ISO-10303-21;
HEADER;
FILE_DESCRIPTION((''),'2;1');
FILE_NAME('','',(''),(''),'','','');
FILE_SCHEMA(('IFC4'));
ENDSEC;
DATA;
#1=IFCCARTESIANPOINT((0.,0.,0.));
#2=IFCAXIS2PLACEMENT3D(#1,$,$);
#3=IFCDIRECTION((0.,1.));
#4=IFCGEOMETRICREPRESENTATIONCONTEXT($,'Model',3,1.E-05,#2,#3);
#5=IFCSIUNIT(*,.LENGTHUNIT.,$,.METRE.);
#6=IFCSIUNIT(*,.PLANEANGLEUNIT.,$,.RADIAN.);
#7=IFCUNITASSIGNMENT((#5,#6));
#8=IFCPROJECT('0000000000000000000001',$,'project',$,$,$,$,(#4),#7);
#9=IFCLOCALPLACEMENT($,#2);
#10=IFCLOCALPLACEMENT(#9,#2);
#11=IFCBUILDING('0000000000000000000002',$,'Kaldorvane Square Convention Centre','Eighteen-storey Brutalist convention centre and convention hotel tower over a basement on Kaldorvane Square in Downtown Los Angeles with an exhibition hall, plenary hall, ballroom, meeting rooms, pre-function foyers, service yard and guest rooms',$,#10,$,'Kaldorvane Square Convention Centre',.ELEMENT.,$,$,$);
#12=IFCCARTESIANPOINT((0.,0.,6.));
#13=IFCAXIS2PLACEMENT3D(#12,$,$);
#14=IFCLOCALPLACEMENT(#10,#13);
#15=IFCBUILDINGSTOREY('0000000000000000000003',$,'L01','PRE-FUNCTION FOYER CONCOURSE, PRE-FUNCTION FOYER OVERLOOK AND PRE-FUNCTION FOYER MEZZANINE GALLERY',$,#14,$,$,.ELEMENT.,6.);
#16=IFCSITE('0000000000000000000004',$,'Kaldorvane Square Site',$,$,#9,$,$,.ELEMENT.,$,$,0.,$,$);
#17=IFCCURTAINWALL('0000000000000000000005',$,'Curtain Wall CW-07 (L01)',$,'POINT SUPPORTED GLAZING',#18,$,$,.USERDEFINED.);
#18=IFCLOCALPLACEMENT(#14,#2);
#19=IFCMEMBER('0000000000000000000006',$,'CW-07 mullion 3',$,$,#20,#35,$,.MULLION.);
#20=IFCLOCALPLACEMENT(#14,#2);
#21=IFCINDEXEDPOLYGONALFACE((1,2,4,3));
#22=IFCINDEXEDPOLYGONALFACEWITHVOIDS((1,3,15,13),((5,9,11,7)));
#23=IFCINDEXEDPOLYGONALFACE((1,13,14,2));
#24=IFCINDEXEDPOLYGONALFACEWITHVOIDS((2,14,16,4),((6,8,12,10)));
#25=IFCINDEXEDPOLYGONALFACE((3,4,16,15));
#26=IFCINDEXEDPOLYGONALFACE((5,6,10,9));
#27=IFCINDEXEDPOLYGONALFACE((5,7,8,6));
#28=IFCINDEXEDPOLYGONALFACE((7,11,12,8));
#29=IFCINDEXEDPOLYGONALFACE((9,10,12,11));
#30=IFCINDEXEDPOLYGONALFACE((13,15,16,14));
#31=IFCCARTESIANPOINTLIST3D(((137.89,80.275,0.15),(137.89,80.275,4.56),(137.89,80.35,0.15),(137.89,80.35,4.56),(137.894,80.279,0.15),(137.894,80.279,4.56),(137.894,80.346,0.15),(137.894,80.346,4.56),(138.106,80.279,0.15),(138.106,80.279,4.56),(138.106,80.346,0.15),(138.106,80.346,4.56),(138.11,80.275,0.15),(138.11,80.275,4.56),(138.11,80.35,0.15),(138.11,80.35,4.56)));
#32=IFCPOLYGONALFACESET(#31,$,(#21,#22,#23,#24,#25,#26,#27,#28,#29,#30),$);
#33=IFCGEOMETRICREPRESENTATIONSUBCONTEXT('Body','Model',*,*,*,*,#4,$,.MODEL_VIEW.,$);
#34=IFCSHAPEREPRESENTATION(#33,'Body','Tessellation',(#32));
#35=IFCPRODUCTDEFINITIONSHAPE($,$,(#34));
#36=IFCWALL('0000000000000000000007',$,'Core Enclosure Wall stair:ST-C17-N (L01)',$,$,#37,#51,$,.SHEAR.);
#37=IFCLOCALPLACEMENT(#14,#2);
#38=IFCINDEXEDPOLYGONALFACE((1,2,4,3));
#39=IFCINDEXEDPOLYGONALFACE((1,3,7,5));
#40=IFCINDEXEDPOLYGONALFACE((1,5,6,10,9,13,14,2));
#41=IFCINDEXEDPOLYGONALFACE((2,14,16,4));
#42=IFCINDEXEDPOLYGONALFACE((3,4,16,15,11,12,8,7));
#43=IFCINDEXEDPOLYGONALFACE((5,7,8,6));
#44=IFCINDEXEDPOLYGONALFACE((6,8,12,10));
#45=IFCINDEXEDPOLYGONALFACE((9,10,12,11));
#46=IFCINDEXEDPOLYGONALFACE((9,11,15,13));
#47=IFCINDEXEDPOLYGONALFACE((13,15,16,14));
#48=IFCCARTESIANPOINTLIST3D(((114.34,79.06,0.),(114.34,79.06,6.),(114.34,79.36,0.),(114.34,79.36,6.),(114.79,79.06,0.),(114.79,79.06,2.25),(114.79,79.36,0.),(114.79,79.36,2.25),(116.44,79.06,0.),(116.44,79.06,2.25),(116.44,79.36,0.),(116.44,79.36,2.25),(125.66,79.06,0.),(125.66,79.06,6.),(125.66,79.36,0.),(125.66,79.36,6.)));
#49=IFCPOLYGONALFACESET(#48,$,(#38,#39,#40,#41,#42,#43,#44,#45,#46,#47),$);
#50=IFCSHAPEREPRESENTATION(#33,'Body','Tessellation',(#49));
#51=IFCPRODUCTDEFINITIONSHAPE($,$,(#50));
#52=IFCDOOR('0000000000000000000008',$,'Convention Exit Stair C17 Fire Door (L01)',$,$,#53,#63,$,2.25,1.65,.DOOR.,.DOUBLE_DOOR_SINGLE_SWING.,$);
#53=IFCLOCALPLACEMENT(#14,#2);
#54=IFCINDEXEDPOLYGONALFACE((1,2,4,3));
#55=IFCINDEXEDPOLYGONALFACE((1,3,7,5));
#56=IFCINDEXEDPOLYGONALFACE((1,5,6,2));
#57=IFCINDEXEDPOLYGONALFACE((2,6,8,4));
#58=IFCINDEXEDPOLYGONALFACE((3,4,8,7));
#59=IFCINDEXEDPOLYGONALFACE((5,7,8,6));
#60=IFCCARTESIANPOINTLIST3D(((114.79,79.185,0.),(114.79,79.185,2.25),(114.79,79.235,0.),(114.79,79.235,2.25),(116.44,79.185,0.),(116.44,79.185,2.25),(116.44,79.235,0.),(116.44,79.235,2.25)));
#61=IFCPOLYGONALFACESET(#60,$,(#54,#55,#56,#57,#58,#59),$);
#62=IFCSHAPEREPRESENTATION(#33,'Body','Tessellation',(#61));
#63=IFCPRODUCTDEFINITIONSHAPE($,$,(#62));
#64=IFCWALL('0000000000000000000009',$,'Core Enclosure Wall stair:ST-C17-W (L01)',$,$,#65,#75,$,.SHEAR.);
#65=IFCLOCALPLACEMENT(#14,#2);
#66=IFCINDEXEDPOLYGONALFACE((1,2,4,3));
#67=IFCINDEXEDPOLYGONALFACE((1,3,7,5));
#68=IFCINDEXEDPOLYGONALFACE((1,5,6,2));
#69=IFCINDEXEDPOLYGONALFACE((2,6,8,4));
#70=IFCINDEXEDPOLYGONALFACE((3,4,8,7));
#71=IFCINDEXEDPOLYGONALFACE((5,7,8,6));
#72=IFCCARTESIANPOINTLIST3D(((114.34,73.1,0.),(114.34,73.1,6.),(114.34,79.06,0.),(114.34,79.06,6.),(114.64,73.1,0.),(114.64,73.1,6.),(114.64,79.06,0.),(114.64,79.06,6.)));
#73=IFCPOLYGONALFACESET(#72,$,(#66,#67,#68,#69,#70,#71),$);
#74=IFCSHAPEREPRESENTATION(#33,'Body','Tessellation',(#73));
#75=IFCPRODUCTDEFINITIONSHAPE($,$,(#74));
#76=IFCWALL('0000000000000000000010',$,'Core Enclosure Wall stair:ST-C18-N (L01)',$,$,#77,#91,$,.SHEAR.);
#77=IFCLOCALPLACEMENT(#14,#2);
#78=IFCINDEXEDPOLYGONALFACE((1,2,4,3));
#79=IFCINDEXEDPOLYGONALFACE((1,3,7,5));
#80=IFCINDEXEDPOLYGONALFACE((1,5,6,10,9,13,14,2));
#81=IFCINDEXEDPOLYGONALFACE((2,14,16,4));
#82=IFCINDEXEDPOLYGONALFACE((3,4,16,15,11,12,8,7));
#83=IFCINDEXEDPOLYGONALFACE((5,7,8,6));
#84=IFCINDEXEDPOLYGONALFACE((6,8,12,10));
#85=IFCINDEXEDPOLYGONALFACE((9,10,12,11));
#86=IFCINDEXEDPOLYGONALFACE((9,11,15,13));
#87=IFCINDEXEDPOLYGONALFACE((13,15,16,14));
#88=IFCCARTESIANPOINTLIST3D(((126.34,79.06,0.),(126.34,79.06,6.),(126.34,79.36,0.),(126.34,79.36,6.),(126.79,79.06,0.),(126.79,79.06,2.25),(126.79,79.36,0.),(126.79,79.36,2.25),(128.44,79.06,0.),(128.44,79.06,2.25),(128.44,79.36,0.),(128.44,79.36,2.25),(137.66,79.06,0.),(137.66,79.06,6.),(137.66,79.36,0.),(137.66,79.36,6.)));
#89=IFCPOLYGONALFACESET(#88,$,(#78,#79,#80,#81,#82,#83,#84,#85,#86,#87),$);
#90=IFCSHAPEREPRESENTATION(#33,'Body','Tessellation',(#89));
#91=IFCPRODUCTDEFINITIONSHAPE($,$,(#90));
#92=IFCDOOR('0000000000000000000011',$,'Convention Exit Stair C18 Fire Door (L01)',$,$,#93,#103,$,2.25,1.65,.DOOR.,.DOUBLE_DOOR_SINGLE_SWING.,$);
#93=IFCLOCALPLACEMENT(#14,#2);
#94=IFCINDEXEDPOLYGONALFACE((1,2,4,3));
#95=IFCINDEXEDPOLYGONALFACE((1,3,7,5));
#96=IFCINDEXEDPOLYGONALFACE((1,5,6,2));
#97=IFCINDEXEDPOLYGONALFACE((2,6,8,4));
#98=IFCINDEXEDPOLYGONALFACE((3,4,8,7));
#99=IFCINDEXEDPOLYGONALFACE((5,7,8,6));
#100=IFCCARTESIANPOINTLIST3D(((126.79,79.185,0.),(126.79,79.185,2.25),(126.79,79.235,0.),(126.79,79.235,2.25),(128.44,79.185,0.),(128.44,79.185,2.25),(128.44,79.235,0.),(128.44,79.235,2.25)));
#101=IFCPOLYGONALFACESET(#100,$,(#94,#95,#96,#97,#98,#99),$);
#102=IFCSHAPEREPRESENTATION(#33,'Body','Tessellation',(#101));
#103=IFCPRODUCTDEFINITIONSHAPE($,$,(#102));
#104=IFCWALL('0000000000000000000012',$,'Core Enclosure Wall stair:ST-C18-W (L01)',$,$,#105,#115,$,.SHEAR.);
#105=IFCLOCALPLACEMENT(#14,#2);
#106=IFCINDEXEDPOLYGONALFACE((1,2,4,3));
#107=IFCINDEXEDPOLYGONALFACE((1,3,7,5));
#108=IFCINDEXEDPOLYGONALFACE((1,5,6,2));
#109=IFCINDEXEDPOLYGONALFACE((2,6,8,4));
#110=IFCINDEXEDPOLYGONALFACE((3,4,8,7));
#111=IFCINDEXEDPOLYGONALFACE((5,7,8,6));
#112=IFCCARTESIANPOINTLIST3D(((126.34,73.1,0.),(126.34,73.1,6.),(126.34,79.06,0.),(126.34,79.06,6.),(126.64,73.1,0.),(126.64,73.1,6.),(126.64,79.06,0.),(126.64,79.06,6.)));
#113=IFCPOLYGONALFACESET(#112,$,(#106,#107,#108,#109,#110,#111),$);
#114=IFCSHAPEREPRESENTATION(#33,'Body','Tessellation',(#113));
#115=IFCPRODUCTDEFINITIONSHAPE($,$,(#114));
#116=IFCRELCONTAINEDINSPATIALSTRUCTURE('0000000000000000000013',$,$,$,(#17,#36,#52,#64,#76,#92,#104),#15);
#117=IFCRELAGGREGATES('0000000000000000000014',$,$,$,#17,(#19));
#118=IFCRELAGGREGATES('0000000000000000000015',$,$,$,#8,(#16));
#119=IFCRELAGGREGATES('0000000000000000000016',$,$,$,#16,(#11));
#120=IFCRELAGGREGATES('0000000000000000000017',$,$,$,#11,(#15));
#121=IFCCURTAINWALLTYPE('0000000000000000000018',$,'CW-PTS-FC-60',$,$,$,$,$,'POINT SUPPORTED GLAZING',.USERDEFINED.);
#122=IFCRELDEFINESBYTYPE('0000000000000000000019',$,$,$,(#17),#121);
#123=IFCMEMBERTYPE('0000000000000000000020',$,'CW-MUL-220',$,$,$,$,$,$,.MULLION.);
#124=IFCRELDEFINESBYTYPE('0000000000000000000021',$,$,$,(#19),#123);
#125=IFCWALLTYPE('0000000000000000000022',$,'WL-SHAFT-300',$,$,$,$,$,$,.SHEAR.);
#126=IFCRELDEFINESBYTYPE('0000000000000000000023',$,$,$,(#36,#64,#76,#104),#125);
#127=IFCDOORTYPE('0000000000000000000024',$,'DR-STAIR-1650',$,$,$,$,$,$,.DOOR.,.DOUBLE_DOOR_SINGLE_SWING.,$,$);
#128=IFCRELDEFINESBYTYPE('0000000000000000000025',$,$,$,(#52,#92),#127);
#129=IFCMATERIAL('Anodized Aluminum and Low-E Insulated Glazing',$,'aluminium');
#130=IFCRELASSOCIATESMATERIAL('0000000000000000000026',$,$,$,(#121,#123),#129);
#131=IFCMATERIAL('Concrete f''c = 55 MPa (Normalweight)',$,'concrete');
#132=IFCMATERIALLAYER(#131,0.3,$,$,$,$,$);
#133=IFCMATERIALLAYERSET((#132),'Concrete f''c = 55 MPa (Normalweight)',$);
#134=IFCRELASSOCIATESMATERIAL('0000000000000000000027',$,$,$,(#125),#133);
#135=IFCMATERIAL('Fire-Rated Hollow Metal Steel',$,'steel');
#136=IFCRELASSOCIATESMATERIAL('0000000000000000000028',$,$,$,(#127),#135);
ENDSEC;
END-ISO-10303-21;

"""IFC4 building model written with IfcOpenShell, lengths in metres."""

from ifc_helpers import new_model, si_unit, direction, frame, frame_2d, origin, origin_2d, place, context, subcontext, project, spatial, rectangle, hollow_rectangle, extrude, material, layer, layer_set, material_profile, profile_set, type_object, element, fill, aggregate, save


model = new_model("IFC4")

# Units and contexts
model_context = context("Model", 3, precision=1e-05, world=origin(), true_north=direction((0.0, 1.0)))
body_context = subcontext(model_context, "Body", "Model", "MODEL_VIEW")
ifc_project = project(units=[si_unit("LENGTHUNIT", "METRE"), si_unit("PLANEANGLEUNIT", "RADIAN")], contexts=[model_context])

# Site, building, storey
site_placement = place(None, origin())
site = spatial("IfcSite", under=ifc_project, at=site_placement, Name="Kaldorvane Square Site", CompositionType="ELEMENT", RefElevation=0.0)
building_placement = place(site_placement, origin())
building = spatial("IfcBuilding", under=site, at=building_placement, Name="Kaldorvane Square Convention Centre", Description="Eighteen-storey Brutalist convention centre and convention hotel tower over a basement on Kaldorvane Square in Downtown Los Angeles with an exhibition hall, plenary hall, ballroom, meeting rooms, pre-function foyers, service yard and guest rooms", LongName="Kaldorvane Square Convention Centre", CompositionType="ELEMENT")
storey_placement = place(building_placement, frame((0.0, 0.0, 6.0)))
storey = spatial("IfcBuildingStorey", under=building, at=storey_placement, Name="L01", Description="PRE-FUNCTION FOYER CONCOURSE, PRE-FUNCTION FOYER OVERLOOK AND PRE-FUNCTION FOYER MEZZANINE GALLERY", CompositionType="ELEMENT", Elevation=6.0)

# Curtain wall, member
ifc_material_1 = material(Name="Anodized Aluminum and Low-E Insulated Glazing", Category="aluminium")
curtain_wall_type = type_object("IfcCurtainWallType", Name="CW-PTS-FC-60", ElementType="POINT SUPPORTED GLAZING", PredefinedType="USERDEFINED", material=ifc_material_1)
curtain_wall_placement = place(storey_placement, origin())
curtain_wall = element("IfcCurtainWall", 1, at=curtain_wall_placement, inside=storey, type_object=curtain_wall_type, Name="Curtain Wall CW-07 (L01)", ObjectType="POINT SUPPORTED GLAZING", PredefinedType="USERDEFINED")
ifc_material_profile_1 = material_profile(ifc_material_1, hollow_rectangle(XDim=0.075, YDim=0.22, WallThickness=0.004, at=origin_2d()), Name="CWM-220X75")
ifc_profile_set_1 = profile_set([ifc_material_profile_1], Name="Anodized Aluminum and Low-E Insulated Glazing")
member_type = type_object("IfcMemberType", Name="CW-MUL-220", PredefinedType="MULLION", material=ifc_profile_set_1)
member_placement = place(storey_placement, frame((138.0, 80.3125, 0.15), z_axis=(0.0, 0.0, 1.0), x_axis=(0.0, 1.0, 0.0)))
member = element("IfcMember", 2, at=member_placement, type_object=member_type, Name="CW-07 mullion 3", PredefinedType="MULLION", context=body_context, shape_type="SweptSolid", body=[
    extrude(hollow_rectangle(XDim=0.075, YDim=0.22, WallThickness=0.004, at=origin_2d()), origin(), (0.0, 0.0, 1.0), 4.41),
])
aggregate(curtain_wall, [member])

# Wall, opening, door
ifc_material_2 = material(Name="Concrete f'c = 55 MPa (Normalweight)", Category="concrete")
ifc_layer = layer(ifc_material_2, 0.3)
ifc_layer_set = layer_set([ifc_layer], Name="Concrete f'c = 55 MPa (Normalweight)")
wall_type = type_object("IfcWallType", Name="WL-SHAFT-300", PredefinedType="SHEAR", material=ifc_layer_set)
wall_1_placement = place(storey_placement, frame((125.66, 79.21, 0.0), z_axis=(0.0, 0.0, 1.0), x_axis=(-1.0, 0.0, 0.0)))
wall_1 = element("IfcWall", 3, at=wall_1_placement, inside=storey, type_object=wall_type, Name="Core Enclosure Wall stair:ST-C17-N (L01)", PredefinedType="SHEAR", context=body_context, shape_type="SweptSolid", body=[
    extrude(rectangle(XDim=11.32, YDim=0.3, at=frame_2d((5.66, 0.0))), origin(), (0.0, 0.0, 1.0), 6.0),
])
opening_1_placement = place(wall_1_placement, frame((9.22, 0.0, 0.0)))
opening_1 = element("IfcOpeningElement", 4, at=opening_1_placement, cuts=wall_1, PredefinedType="OPENING", context=body_context, shape_type="SweptSolid", body=[
    extrude(rectangle(XDim=1.65, YDim=2.25, at=frame_2d((0.825, 1.125))), frame((0.0, 0.165, 0.0), z_axis=(0.0, -1.0, 0.0), x_axis=(1.0, 0.0, 0.0)), (0.0, 0.0, 1.0), 0.33),
])
ifc_material_3 = material(Name="Fire-Rated Hollow Metal Steel", Category="steel")
door_type = type_object("IfcDoorType", Name="DR-STAIR-1650", OperationType="DOUBLE_DOOR_SINGLE_SWING", PredefinedType="DOOR", material=ifc_material_3)
door_1_placement = place(opening_1_placement, origin())
door_1 = element("IfcDoor", 5, at=door_1_placement, inside=storey, type_object=door_type, Name="Convention Exit Stair C17 Fire Door (L01)", OperationType="DOUBLE_DOOR_SINGLE_SWING", OverallHeight=2.25, OverallWidth=1.65, PredefinedType="DOOR", context=body_context, shape_type="SweptSolid", body=[
    extrude(rectangle(XDim=1.65, YDim=2.25, at=frame_2d((0.825, 1.125))), frame((0.0, 0.025, 0.0), z_axis=(0.0, -1.0, 0.0), x_axis=(1.0, 0.0, 0.0)), (0.0, 0.0, 1.0), 0.05),
])
fill(opening_1, door_1)

# Wall
wall_2_placement = place(storey_placement, frame((114.49, 79.06, 0.0), z_axis=(0.0, 0.0, 1.0), x_axis=(0.0, -1.0, 0.0)))
element("IfcWall", 6, at=wall_2_placement, inside=storey, type_object=wall_type, Name="Core Enclosure Wall stair:ST-C17-W (L01)", PredefinedType="SHEAR", context=body_context, shape_type="SweptSolid", body=[
    extrude(rectangle(XDim=5.96, YDim=0.3, at=frame_2d((2.98, 0.0))), origin(), (0.0, 0.0, 1.0), 6.0),
])

# Wall, opening, door
wall_3_placement = place(storey_placement, frame((137.66, 79.21, 0.0), z_axis=(0.0, 0.0, 1.0), x_axis=(-1.0, 0.0, 0.0)))
wall_3 = element("IfcWall", 7, at=wall_3_placement, inside=storey, type_object=wall_type, Name="Core Enclosure Wall stair:ST-C18-N (L01)", PredefinedType="SHEAR", context=body_context, shape_type="SweptSolid", body=[
    extrude(rectangle(XDim=11.32, YDim=0.3, at=frame_2d((5.66, 0.0))), origin(), (0.0, 0.0, 1.0), 6.0),
])
opening_2_placement = place(wall_3_placement, frame((9.22, 0.0, 0.0)))
opening_2 = element("IfcOpeningElement", 8, at=opening_2_placement, cuts=wall_3, PredefinedType="OPENING", context=body_context, shape_type="SweptSolid", body=[
    extrude(rectangle(XDim=1.65, YDim=2.25, at=frame_2d((0.825, 1.125))), frame((0.0, 0.165, 0.0), z_axis=(0.0, -1.0, 0.0), x_axis=(1.0, 0.0, 0.0)), (0.0, 0.0, 1.0), 0.33),
])
door_2_placement = place(opening_2_placement, origin())
door_2 = element("IfcDoor", 9, at=door_2_placement, inside=storey, type_object=door_type, Name="Convention Exit Stair C18 Fire Door (L01)", OperationType="DOUBLE_DOOR_SINGLE_SWING", OverallHeight=2.25, OverallWidth=1.65, PredefinedType="DOOR", context=body_context, shape_type="SweptSolid", body=[
    extrude(rectangle(XDim=1.65, YDim=2.25, at=frame_2d((0.825, 1.125))), frame((0.0, 0.025, 0.0), z_axis=(0.0, -1.0, 0.0), x_axis=(1.0, 0.0, 0.0)), (0.0, 0.0, 1.0), 0.05),
])
fill(opening_2, door_2)

# Wall
wall_4_placement = place(storey_placement, frame((126.49, 79.06, 0.0), z_axis=(0.0, 0.0, 1.0), x_axis=(0.0, -1.0, 0.0)))
element("IfcWall", 10, at=wall_4_placement, inside=storey, type_object=wall_type, Name="Core Enclosure Wall stair:ST-C18-W (L01)", PredefinedType="SHEAR", context=body_context, shape_type="SweptSolid", body=[
    extrude(rectangle(XDim=5.96, YDim=0.3, at=frame_2d((2.98, 0.0))), origin(), (0.0, 0.0, 1.0), 6.0),
])

save(model, "model.ifc")
